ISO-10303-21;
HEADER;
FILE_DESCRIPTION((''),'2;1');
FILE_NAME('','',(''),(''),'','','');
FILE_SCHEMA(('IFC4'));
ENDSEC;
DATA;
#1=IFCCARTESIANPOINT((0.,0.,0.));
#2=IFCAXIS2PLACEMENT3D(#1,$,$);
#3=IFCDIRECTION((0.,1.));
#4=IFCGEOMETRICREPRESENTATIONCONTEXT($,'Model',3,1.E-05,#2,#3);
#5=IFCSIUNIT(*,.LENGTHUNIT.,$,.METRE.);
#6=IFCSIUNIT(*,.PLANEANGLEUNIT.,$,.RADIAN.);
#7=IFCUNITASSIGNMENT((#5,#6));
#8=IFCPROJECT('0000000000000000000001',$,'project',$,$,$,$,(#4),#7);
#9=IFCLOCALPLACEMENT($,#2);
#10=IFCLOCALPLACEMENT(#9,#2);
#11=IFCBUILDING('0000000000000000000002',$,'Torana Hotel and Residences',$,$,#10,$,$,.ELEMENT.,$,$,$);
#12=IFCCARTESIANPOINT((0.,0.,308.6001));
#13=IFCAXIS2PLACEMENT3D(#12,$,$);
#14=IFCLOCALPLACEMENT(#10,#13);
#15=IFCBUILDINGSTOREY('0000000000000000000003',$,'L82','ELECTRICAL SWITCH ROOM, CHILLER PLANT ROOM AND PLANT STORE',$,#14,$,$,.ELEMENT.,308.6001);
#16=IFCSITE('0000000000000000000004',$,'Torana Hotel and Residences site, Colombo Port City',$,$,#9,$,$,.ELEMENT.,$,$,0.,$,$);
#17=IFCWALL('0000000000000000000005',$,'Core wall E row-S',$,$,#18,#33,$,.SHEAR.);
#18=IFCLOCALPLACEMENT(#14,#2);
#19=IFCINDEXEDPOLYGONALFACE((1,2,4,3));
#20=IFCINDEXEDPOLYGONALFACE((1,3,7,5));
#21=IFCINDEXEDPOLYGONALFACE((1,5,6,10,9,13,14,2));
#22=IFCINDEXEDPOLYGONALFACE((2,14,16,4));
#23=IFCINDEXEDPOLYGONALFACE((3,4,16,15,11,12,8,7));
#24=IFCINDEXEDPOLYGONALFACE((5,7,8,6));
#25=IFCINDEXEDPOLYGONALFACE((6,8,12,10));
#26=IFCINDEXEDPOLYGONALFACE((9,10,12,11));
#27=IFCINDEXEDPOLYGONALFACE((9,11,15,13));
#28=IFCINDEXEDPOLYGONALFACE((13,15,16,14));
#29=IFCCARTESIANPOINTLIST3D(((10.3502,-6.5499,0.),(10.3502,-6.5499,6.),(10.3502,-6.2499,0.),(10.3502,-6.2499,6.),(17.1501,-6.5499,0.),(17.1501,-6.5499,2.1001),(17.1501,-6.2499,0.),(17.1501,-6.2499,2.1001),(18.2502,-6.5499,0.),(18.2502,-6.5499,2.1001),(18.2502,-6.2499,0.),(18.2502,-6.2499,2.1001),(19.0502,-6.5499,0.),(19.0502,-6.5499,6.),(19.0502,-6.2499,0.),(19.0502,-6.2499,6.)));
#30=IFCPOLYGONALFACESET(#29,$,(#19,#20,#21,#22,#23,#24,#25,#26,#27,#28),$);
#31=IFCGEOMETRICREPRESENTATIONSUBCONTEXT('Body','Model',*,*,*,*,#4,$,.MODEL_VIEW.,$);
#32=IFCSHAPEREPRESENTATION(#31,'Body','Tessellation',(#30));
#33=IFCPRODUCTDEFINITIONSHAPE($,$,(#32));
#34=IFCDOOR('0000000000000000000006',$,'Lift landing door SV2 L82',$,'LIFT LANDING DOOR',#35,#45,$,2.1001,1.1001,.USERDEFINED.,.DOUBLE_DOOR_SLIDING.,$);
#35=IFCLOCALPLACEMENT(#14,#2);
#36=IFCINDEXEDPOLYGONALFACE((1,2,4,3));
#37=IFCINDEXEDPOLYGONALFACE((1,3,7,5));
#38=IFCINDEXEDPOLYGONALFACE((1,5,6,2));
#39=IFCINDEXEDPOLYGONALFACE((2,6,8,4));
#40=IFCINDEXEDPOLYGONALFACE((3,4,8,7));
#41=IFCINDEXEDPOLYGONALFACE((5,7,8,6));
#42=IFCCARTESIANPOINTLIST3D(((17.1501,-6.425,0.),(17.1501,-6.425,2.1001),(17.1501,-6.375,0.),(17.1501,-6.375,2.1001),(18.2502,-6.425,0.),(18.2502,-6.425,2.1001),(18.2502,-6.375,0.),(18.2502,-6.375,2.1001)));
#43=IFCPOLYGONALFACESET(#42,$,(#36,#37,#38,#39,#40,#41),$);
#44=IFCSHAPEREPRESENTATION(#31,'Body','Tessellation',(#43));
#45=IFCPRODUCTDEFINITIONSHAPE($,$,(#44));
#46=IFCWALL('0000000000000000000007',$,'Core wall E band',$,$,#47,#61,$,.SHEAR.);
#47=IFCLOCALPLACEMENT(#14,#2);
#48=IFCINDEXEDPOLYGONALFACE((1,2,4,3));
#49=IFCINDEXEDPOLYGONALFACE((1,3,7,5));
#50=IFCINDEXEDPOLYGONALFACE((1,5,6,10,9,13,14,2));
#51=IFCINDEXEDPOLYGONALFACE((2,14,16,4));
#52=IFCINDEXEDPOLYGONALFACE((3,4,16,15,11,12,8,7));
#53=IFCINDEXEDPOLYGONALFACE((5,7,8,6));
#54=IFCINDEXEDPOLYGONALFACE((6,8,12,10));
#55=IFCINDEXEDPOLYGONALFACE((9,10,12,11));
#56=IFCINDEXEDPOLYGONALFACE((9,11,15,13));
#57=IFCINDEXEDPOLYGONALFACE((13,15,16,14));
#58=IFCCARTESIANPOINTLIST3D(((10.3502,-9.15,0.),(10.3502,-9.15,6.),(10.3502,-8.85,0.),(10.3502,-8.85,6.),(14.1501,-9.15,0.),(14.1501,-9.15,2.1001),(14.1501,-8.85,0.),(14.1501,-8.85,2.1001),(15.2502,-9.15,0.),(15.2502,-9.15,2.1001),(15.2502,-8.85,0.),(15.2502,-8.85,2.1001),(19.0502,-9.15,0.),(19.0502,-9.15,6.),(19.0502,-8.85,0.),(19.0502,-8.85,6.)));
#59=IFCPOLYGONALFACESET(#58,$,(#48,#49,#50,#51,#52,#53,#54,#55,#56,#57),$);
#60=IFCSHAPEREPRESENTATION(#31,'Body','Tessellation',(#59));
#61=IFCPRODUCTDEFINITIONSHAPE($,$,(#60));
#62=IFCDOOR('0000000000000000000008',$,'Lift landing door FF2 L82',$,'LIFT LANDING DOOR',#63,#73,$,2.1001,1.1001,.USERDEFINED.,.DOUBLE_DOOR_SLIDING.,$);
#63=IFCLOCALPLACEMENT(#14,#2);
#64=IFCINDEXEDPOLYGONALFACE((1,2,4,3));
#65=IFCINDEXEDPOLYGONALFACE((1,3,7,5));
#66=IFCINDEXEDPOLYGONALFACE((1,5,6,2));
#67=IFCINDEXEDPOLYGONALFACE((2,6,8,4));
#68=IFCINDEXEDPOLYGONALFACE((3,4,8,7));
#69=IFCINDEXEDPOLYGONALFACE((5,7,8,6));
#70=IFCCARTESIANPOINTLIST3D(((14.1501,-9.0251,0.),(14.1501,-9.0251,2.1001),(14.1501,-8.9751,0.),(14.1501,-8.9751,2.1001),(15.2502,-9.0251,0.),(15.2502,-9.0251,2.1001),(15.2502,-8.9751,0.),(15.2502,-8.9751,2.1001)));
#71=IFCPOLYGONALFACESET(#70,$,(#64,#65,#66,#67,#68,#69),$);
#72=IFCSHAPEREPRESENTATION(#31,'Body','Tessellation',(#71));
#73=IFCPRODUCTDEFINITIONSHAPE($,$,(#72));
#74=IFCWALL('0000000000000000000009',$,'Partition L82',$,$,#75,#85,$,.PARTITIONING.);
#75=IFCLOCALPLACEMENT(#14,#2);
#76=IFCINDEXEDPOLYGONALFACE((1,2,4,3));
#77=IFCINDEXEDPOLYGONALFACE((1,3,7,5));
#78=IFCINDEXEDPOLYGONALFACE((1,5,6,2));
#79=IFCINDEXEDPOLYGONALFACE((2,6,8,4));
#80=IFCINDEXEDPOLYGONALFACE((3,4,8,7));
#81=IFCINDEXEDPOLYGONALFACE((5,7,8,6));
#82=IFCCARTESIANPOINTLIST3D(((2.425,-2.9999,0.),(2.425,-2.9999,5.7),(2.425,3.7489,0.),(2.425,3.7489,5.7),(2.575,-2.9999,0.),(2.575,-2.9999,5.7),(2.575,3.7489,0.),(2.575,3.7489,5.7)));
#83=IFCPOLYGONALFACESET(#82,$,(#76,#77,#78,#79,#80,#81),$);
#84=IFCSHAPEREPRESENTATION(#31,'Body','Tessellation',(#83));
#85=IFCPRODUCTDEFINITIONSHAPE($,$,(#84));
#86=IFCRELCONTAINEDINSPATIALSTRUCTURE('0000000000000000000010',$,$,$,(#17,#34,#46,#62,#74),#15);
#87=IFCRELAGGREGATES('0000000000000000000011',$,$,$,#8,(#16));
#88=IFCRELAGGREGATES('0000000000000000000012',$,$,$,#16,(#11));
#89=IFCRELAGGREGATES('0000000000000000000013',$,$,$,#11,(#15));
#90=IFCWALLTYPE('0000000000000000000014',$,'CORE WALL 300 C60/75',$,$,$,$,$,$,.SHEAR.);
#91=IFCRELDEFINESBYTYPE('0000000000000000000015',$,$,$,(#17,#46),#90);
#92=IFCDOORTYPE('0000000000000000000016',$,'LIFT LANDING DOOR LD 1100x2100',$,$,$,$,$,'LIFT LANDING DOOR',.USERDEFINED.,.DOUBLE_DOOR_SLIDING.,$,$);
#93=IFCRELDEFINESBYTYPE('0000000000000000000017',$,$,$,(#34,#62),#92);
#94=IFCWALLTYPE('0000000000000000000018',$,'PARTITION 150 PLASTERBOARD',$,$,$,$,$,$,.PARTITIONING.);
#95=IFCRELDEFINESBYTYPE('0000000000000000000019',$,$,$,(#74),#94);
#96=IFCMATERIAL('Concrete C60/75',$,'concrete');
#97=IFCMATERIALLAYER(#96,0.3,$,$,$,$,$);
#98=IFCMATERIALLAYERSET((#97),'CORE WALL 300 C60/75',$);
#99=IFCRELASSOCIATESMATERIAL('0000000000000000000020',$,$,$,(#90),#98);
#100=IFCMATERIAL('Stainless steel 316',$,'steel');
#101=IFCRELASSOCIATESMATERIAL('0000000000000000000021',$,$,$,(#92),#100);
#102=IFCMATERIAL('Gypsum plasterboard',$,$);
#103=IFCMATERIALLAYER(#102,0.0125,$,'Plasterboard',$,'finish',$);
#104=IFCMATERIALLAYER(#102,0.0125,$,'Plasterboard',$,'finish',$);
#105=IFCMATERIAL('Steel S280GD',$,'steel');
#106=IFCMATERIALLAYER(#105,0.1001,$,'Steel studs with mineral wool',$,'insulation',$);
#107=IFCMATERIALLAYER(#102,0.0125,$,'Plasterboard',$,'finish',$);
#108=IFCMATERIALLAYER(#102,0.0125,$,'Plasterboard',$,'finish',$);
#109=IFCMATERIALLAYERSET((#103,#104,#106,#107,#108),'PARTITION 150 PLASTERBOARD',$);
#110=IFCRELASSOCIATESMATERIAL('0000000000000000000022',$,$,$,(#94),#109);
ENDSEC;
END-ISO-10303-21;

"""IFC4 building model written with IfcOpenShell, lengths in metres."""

from ifc_helpers import new_model, si_unit, direction, frame, frame_2d, origin, place, context, subcontext, project, spatial, rectangle, extrude, material, layer, layer_set, type_object, element, fill, save


model = new_model("IFC4")

# Units and contexts
model_context = context("Model", 3, precision=1e-05, world=origin(), true_north=direction((0.0, 1.0)))
body_context = subcontext(model_context, "Body", "Model", "MODEL_VIEW")
ifc_project = project(units=[si_unit("LENGTHUNIT", "METRE"), si_unit("PLANEANGLEUNIT", "RADIAN")], contexts=[model_context])

# Site, building, storey
site_placement = place(None, origin())
site = spatial("IfcSite", under=ifc_project, at=site_placement, Name="Torana Hotel and Residences site, Colombo Port City", CompositionType="ELEMENT", RefElevation=0.0)
building_placement = place(site_placement, origin())
building = spatial("IfcBuilding", under=site, at=building_placement, Name="Torana Hotel and Residences", CompositionType="ELEMENT")
storey_placement = place(building_placement, frame((0.0, 0.0, 308.6001)))
storey = spatial("IfcBuildingStorey", under=building, at=storey_placement, Name="L82", Description="ELECTRICAL SWITCH ROOM, CHILLER PLANT ROOM AND PLANT STORE", CompositionType="ELEMENT", Elevation=308.6001)

# Shared definitions
ifc_material_1 = material(Name="Concrete C60/75", Category="concrete")
ifc_layer_1 = layer(ifc_material_1, 0.3)
ifc_layer_set_1 = layer_set([ifc_layer_1], Name="CORE WALL 300 C60/75")
wall_type_1 = type_object("IfcWallType", Name="CORE WALL 300 C60/75", PredefinedType="SHEAR", material=ifc_layer_set_1)
ifc_material_2 = material(Name="Stainless steel 316", Category="steel")
door_type_1 = type_object("IfcDoorType", Name="LIFT LANDING DOOR LD 1100x2100", ElementType="LIFT LANDING DOOR", OperationType="DOUBLE_DOOR_SLIDING", PredefinedType="USERDEFINED", material=ifc_material_2)

# Walls, openings, doors
wall_1_placement = place(storey_placement, frame((10.3501, -6.3999, 0.0), z_axis=(0.0, 0.0, 1.0), x_axis=(1.0, 0.0, 0.0)))
wall_1 = element("IfcWall", 1, at=wall_1_placement, inside=storey, type_object=wall_type_1, Name="Core wall E row-S", PredefinedType="SHEAR", context=body_context, shape_type="SweptSolid", body=[
    extrude(rectangle(XDim=8.7, YDim=0.3, at=frame_2d((4.3501, 0.0))), origin(), (0.0, 0.0, 1.0), 6.0),
])
opening_1_placement = place(wall_1_placement, frame((6.8, 0.0, 0.0)))
opening_1 = element("IfcOpeningElement", 2, at=opening_1_placement, cuts=wall_1, PredefinedType="OPENING", context=body_context, shape_type="SweptSolid", body=[
    extrude(rectangle(XDim=1.1001, YDim=2.1001, at=frame_2d((0.55, 1.05))), frame((0.0, 0.1599, 0.0), z_axis=(0.0, -1.0, 0.0), x_axis=(1.0, 0.0, 0.0)), (0.0, 0.0, 1.0), 0.3201),
])
door_1_placement = place(opening_1_placement, origin())
door_1 = element("IfcDoor", 3, at=door_1_placement, inside=storey, type_object=door_type_1, Name="Lift landing door SV2 L82", ObjectType="LIFT LANDING DOOR", OperationType="DOUBLE_DOOR_SLIDING", OverallHeight=2.1001, OverallWidth=1.1001, PredefinedType="USERDEFINED", context=body_context, shape_type="SweptSolid", body=[
    extrude(rectangle(XDim=1.1001, YDim=2.1001, at=frame_2d((0.55, 1.05))), frame((0.0, 0.0249, 0.0), z_axis=(0.0, -1.0, 0.0), x_axis=(1.0, 0.0, 0.0)), (0.0, 0.0, 1.0), 0.05),
])
fill(opening_1, door_1)
wall_2_placement = place(storey_placement, frame((10.3501, -9.0, 0.0), z_axis=(0.0, 0.0, 1.0), x_axis=(1.0, 0.0, 0.0)))
wall_2 = element("IfcWall", 4, at=wall_2_placement, inside=storey, type_object=wall_type_1, Name="Core wall E band", PredefinedType="SHEAR", context=body_context, shape_type="SweptSolid", body=[
    extrude(rectangle(XDim=8.7, YDim=0.3, at=frame_2d((4.3501, 0.0))), origin(), (0.0, 0.0, 1.0), 6.0),
])
opening_2_placement = place(wall_2_placement, frame((3.8, 0.0, 0.0)))
opening_2 = element("IfcOpeningElement", 5, at=opening_2_placement, cuts=wall_2, PredefinedType="OPENING", context=body_context, shape_type="SweptSolid", body=[
    extrude(rectangle(XDim=1.1001, YDim=2.1001, at=frame_2d((0.55, 1.05))), frame((0.0, 0.1599, 0.0), z_axis=(0.0, -1.0, 0.0), x_axis=(1.0, 0.0, 0.0)), (0.0, 0.0, 1.0), 0.3201),
])
door_2_placement = place(opening_2_placement, origin())
door_2 = element("IfcDoor", 6, at=door_2_placement, inside=storey, type_object=door_type_1, Name="Lift landing door FF2 L82", ObjectType="LIFT LANDING DOOR", OperationType="DOUBLE_DOOR_SLIDING", OverallHeight=2.1001, OverallWidth=1.1001, PredefinedType="USERDEFINED", context=body_context, shape_type="SweptSolid", body=[
    extrude(rectangle(XDim=1.1001, YDim=2.1001, at=frame_2d((0.55, 1.05))), frame((0.0, 0.0249, 0.0), z_axis=(0.0, -1.0, 0.0), x_axis=(1.0, 0.0, 0.0)), (0.0, 0.0, 1.0), 0.05),
])
fill(opening_2, door_2)

# Wall
ifc_material_3 = material(Name="Gypsum plasterboard")
ifc_layer_2 = layer(ifc_material_3, 0.0125, Name="Plasterboard", Category="finish")
ifc_layer_3 = layer(ifc_material_3, 0.0125, Name="Plasterboard", Category="finish")
ifc_material_4 = material(Name="Steel S280GD", Category="steel")
ifc_layer_4 = layer(ifc_material_4, 0.1001, Name="Steel studs with mineral wool", Category="insulation")
ifc_layer_5 = layer(ifc_material_3, 0.0125, Name="Plasterboard", Category="finish")
ifc_layer_6 = layer(ifc_material_3, 0.0125, Name="Plasterboard", Category="finish")
ifc_layer_set_2 = layer_set([ifc_layer_2, ifc_layer_3, ifc_layer_4, ifc_layer_5, ifc_layer_6], Name="PARTITION 150 PLASTERBOARD")
wall_type_2 = type_object("IfcWallType", Name="PARTITION 150 PLASTERBOARD", PredefinedType="PARTITIONING", material=ifc_layer_set_2)
wall_3_placement = place(storey_placement, frame((2.5, -3.0, 0.0), z_axis=(0.0, 0.0, 1.0), x_axis=(0.0, 1.0, 0.0)))
element("IfcWall", 7, at=wall_3_placement, inside=storey, type_object=wall_type_2, Name="Partition L82", PredefinedType="PARTITIONING", context=body_context, shape_type="SweptSolid", body=[
    extrude(rectangle(XDim=6.7488, YDim=0.1499, at=frame_2d((3.3745, 0.0))), origin(), (0.0, 0.0, 1.0), 5.7),
])

save(model, "model.ifc")
